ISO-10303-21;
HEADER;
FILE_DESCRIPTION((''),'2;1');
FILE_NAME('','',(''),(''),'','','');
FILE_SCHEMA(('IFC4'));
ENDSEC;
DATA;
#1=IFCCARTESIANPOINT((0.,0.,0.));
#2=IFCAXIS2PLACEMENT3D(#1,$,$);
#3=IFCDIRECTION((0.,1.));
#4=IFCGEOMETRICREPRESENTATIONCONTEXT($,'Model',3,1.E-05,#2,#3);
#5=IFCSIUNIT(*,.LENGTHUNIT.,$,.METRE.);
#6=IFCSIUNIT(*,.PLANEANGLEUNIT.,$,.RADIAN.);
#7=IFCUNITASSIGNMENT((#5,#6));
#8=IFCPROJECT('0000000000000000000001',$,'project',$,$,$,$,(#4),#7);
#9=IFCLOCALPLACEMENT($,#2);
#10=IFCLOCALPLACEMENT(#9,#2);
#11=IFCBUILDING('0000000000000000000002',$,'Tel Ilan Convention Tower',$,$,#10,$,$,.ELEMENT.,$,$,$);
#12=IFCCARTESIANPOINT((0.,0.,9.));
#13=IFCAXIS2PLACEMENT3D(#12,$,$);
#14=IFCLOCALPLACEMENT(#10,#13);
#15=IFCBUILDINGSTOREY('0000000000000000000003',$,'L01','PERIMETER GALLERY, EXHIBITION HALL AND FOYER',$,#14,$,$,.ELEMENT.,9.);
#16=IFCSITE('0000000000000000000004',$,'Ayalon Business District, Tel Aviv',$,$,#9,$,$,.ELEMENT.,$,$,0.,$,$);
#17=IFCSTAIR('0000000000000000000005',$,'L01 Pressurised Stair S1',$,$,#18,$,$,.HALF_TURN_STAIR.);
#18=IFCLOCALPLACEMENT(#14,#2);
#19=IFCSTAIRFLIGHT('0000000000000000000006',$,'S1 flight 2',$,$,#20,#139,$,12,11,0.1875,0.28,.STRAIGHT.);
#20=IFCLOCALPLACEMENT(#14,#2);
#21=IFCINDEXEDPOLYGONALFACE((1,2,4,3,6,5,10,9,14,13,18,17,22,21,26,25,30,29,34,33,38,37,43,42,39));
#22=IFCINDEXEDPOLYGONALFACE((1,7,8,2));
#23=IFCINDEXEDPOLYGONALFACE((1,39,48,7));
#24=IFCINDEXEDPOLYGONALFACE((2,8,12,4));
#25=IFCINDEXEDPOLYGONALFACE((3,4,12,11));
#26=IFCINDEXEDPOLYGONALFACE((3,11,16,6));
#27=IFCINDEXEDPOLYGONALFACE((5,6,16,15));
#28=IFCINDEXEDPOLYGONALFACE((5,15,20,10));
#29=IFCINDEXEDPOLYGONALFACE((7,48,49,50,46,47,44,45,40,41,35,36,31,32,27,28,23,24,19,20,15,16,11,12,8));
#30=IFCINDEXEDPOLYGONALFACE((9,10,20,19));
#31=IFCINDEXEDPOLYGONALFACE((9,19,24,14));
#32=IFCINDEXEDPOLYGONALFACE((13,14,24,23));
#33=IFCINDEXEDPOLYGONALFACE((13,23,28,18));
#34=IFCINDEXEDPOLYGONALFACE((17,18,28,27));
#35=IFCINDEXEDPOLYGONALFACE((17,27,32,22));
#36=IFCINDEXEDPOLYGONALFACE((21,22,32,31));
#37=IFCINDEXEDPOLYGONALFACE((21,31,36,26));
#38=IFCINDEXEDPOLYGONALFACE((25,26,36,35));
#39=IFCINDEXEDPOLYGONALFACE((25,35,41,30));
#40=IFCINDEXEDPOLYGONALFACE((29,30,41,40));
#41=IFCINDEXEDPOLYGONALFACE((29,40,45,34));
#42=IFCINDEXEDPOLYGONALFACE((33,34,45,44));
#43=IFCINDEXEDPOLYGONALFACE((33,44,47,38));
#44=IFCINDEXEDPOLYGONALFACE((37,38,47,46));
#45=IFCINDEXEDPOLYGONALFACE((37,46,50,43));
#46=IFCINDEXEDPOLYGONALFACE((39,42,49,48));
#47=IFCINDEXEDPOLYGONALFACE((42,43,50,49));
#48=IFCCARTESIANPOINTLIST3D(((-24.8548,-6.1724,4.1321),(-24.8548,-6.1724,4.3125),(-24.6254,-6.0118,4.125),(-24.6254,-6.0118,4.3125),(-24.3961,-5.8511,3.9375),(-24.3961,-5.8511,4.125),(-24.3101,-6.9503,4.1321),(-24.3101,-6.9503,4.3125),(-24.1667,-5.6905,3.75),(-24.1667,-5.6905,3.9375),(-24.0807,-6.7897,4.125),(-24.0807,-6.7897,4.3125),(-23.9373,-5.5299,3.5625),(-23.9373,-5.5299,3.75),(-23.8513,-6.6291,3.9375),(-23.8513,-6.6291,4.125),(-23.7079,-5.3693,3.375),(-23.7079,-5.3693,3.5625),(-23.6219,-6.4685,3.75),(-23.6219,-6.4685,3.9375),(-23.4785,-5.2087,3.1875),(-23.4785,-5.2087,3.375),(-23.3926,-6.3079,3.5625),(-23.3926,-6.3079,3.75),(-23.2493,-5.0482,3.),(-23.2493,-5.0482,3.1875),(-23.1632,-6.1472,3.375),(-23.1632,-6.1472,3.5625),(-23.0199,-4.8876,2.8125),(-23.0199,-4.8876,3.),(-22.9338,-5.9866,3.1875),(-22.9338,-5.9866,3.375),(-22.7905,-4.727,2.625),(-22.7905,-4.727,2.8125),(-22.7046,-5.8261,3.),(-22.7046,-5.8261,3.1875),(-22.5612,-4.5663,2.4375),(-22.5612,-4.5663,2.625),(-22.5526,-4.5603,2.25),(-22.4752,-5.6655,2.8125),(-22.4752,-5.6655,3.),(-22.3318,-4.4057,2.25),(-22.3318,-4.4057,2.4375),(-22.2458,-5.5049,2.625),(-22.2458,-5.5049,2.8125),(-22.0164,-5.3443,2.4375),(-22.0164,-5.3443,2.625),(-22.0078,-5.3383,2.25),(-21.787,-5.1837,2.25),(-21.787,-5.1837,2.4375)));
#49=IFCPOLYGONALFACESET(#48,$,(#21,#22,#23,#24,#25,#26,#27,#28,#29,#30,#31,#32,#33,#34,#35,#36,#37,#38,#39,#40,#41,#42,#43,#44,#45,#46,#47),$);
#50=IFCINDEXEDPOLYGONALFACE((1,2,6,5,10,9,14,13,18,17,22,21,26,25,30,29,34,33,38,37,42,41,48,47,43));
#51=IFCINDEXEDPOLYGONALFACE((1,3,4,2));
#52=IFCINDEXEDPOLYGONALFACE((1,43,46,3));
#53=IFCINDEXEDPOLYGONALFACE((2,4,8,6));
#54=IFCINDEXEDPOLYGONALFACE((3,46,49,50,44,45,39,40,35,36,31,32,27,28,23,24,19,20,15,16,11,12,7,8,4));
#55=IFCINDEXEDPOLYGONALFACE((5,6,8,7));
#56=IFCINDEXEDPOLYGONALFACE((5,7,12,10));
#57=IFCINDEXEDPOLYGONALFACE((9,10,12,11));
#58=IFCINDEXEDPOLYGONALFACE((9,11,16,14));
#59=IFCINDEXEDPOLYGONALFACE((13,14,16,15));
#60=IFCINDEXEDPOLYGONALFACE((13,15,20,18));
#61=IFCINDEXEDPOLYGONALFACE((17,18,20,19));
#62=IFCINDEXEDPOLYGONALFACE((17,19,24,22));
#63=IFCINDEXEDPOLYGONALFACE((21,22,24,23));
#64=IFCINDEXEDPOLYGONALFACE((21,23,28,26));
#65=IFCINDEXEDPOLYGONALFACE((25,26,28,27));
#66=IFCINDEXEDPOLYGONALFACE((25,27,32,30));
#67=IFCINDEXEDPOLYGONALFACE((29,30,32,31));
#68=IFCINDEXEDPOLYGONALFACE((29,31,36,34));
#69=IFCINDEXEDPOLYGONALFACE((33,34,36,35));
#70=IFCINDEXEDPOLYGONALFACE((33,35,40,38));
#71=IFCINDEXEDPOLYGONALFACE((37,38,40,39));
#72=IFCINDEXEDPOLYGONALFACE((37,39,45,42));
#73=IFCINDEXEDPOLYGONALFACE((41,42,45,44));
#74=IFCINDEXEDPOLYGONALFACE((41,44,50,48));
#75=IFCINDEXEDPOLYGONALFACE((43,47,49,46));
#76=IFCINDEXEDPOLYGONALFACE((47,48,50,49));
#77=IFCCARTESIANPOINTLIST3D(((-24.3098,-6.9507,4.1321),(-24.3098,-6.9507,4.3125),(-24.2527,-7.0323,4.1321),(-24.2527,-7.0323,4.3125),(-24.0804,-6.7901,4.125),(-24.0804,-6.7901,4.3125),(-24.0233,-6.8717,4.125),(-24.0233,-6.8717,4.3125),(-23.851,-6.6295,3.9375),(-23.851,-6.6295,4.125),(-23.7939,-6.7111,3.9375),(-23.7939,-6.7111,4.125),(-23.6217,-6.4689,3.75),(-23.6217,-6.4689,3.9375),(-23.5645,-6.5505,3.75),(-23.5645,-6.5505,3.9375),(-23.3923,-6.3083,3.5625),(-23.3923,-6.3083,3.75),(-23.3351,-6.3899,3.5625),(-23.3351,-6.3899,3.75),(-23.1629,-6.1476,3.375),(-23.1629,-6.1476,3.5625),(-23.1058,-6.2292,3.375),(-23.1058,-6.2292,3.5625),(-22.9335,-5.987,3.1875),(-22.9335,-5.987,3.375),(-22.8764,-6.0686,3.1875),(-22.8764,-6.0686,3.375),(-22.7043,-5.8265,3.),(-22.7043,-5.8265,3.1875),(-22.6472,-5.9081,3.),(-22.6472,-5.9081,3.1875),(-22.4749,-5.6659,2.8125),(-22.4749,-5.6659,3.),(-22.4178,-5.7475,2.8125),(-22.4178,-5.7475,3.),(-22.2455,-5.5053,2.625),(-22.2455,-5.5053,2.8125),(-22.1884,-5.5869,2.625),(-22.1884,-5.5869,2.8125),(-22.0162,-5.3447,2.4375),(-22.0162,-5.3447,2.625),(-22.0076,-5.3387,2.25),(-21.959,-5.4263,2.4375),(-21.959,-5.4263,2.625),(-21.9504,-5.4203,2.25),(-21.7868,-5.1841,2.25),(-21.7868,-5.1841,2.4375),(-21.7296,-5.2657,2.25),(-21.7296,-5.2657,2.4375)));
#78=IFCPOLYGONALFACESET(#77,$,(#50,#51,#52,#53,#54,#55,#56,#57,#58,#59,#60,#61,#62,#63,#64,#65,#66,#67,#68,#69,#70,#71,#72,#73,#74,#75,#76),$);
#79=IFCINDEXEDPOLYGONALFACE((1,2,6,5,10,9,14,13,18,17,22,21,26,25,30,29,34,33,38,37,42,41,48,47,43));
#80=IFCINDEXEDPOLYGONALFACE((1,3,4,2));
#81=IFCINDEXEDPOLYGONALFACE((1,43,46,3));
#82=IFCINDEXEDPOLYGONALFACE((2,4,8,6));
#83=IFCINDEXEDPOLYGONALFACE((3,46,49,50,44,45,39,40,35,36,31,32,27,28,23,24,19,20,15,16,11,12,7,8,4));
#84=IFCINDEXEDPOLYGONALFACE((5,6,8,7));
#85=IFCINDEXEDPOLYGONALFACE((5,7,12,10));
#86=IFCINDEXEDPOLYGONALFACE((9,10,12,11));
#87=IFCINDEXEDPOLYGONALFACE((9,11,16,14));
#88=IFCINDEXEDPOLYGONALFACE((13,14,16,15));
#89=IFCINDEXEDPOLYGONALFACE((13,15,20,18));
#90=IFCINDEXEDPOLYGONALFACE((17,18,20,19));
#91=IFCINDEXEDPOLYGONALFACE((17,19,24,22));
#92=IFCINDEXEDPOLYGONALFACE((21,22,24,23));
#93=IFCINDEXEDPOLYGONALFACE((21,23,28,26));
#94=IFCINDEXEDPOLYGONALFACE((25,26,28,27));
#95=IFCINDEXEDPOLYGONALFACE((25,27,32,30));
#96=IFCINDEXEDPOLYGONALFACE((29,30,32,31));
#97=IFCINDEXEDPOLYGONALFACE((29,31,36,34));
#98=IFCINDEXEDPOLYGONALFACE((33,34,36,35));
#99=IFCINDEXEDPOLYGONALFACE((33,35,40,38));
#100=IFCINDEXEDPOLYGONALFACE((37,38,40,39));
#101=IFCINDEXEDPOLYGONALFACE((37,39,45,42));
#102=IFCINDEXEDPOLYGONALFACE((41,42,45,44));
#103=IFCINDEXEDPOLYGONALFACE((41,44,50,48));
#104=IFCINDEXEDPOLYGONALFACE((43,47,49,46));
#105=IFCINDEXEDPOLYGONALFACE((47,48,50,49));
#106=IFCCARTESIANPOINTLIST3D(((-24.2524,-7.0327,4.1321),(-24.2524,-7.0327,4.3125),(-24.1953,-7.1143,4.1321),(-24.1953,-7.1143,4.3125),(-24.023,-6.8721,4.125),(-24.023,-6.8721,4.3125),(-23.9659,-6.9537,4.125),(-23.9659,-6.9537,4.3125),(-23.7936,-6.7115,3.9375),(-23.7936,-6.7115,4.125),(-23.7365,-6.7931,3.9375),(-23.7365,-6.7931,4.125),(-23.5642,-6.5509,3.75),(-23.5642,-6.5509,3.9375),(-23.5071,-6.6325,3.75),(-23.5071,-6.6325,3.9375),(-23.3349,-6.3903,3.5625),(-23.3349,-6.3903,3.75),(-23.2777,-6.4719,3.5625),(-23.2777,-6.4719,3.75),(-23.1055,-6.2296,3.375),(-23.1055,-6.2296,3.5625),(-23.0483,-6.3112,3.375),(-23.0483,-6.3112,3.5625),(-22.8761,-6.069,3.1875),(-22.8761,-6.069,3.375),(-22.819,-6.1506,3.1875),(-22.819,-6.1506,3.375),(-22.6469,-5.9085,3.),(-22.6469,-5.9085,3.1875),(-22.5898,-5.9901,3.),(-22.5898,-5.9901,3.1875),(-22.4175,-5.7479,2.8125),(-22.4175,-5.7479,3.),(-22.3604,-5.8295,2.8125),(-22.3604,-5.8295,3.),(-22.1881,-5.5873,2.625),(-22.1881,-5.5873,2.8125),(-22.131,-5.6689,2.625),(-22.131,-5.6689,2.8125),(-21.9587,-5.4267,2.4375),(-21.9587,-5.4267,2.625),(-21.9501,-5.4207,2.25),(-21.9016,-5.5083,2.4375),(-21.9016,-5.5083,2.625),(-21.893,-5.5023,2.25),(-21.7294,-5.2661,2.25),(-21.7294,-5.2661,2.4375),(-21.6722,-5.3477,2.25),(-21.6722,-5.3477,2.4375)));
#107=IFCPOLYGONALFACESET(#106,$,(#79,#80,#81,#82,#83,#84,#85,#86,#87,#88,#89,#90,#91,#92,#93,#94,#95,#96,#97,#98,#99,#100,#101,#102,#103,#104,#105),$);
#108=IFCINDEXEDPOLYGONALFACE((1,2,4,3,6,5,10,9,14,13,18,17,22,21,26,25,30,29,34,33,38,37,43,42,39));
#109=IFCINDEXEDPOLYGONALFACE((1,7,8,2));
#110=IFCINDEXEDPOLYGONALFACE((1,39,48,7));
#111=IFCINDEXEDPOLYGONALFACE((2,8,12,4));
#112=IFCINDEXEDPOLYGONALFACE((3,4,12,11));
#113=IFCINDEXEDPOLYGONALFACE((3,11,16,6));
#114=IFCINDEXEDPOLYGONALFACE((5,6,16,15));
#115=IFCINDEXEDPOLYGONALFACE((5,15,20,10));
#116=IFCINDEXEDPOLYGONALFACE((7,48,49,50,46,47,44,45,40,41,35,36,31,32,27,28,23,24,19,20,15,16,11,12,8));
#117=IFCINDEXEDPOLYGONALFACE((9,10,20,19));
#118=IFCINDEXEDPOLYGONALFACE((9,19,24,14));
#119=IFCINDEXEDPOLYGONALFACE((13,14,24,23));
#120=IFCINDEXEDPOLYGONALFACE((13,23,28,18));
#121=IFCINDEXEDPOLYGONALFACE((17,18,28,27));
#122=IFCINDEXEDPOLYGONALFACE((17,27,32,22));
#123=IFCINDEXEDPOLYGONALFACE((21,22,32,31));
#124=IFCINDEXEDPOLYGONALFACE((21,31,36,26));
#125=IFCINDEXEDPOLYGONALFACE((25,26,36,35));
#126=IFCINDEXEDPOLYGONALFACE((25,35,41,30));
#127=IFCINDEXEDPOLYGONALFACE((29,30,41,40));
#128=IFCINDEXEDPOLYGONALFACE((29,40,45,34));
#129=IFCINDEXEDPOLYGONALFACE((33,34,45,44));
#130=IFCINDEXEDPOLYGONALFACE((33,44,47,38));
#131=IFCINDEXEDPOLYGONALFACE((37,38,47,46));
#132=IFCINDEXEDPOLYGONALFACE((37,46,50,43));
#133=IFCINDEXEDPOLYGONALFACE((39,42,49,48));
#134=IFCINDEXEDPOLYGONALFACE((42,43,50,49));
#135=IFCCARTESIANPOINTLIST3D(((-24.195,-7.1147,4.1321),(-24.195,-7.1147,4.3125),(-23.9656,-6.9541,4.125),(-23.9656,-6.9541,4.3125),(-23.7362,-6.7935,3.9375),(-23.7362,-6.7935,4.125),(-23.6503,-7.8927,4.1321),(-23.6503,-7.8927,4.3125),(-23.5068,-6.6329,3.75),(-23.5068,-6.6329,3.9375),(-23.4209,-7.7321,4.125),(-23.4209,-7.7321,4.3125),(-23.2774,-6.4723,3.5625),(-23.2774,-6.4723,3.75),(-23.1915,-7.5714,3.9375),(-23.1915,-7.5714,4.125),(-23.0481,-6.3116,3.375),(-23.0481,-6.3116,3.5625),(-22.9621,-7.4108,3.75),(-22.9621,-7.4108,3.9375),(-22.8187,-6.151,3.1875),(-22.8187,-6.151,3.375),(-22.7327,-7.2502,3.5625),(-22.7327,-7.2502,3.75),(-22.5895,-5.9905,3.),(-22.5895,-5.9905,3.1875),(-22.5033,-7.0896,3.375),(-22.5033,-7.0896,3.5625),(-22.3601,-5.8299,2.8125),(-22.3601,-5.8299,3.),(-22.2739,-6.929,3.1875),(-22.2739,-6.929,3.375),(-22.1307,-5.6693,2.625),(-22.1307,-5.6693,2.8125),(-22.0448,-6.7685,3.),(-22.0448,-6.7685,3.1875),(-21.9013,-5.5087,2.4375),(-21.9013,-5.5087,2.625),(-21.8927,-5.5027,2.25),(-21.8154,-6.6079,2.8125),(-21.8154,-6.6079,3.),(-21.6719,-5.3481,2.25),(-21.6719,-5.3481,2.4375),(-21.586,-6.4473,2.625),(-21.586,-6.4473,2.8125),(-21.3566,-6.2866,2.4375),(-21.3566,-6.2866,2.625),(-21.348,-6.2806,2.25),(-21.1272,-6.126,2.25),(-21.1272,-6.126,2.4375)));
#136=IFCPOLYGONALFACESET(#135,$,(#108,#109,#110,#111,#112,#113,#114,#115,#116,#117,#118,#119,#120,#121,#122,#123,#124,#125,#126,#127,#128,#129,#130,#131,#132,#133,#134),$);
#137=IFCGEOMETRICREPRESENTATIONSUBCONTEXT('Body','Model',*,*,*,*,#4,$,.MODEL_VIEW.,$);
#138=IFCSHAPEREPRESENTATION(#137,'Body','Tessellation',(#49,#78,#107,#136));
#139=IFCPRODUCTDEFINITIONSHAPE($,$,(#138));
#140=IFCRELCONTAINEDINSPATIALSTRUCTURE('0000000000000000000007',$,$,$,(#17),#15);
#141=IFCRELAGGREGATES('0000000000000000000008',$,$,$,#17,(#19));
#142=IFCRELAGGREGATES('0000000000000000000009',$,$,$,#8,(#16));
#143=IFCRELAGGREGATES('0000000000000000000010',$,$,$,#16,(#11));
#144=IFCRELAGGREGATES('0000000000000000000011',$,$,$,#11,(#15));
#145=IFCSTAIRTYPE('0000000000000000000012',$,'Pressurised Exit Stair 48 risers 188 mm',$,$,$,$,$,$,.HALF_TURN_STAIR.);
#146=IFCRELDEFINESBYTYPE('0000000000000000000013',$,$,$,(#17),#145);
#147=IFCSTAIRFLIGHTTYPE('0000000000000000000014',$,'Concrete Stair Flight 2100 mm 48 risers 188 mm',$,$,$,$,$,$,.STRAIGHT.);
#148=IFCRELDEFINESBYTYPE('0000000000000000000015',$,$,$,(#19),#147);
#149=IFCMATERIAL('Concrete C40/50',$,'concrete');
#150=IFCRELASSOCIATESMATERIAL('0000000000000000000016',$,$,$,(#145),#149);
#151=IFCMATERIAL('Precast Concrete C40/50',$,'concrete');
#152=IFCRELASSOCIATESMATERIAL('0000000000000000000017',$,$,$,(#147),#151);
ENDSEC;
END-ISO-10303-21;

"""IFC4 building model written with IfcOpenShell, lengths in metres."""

from ifc_helpers import new_model, si_unit, direction, frame, origin, place, context, subcontext, project, spatial, polyline, outline, extrude, material, type_object, element, aggregate, save


model = new_model("IFC4")

# Units and contexts
model_context = context("Model", 3, precision=1e-05, world=origin(), true_north=direction((0.0, 1.0)))
body_context = subcontext(model_context, "Body", "Model", "MODEL_VIEW")
ifc_project = project(units=[si_unit("LENGTHUNIT", "METRE"), si_unit("PLANEANGLEUNIT", "RADIAN")], contexts=[model_context])

# Site, building, storey
site_placement = place(None, origin())
site = spatial("IfcSite", under=ifc_project, at=site_placement, Name="Ayalon Business District, Tel Aviv", CompositionType="ELEMENT", RefElevation=0.0)
building_placement = place(site_placement, origin())
building = spatial("IfcBuilding", under=site, at=building_placement, Name="Tel Ilan Convention Tower", CompositionType="ELEMENT")
storey_placement = place(building_placement, frame((0.0, 0.0, 9.0)))
storey = spatial("IfcBuildingStorey", under=building, at=storey_placement, Name="L01", Description="PERIMETER GALLERY, EXHIBITION HALL AND FOYER", CompositionType="ELEMENT", Elevation=9.0)

# Stair, stair flight
ifc_material_1 = material(Name="Concrete C40/50", Category="concrete")
stair_type = type_object("IfcStairType", Name="Pressurised Exit Stair 48 risers 188 mm", PredefinedType="HALF_TURN_STAIR", material=ifc_material_1)
stair_1_placement = place(storey_placement, origin())
stair_1 = element("IfcStair", 1, at=stair_1_placement, inside=storey, type_object=stair_type, Name="L01 Pressurised Stair S1", PredefinedType="HALF_TURN_STAIR")
ifc_material_2 = material(Name="Precast Concrete C40/50", Category="concrete")
stair_flight_type = type_object("IfcStairFlightType", Name="Concrete Stair Flight 2100 mm 48 risers 188 mm", PredefinedType="STRAIGHT", material=ifc_material_2)
stair_flight_1_placement = place(storey_placement, frame((-21.7295, -5.2659, 2.25), z_axis=(0.0, 0.0, 1.0), x_axis=(-0.819152, -0.573576, 0.0)))
stair_flight_1 = element("IfcStairFlight", 2, at=stair_flight_1_placement, type_object=stair_flight_type, Name="S1 flight 2", NumberOfRisers=12, NumberOfTreads=11, PredefinedType="STRAIGHT", RiserHeight=0.1875, TreadLength=0.28, context=body_context, shape_type="SweptSolid", body=[
    extrude(outline(polyline([(0.0, 0.0), (0.0, 0.1875), (0.28, 0.1875), (0.28, 0.375), (0.5601, 0.375), (0.5601, 0.5625), (0.8401, 0.5625), (0.8401, 0.75), (1.1201, 0.75), (1.1201, 0.9375), (1.3999, 0.9375), (1.3999, 1.125), (1.6799, 1.125), (1.6799, 1.3125), (1.96, 1.3125), (1.96, 1.5), (2.24, 1.5), (2.24, 1.6875), (2.52, 1.6875), (2.52, 1.875), (2.8, 1.875), (2.8, 2.0625), (3.0801, 2.0625), (3.0801, 2.25), (3.0801, 1.8821), (0.2695, 0.0), (0.0, 0.0)])), frame((0.0, -0.1003, 0.0), z_axis=(0.0, -1.0, 0.0), x_axis=(1.0, 0.0, 0.0)), (0.0, 0.0, 1.0), 0.9497),
    extrude(outline(polyline([(0.0, 0.0), (0.0, 0.1875), (0.28, 0.1875), (0.28, 0.375), (0.5601, 0.375), (0.5601, 0.5625), (0.8401, 0.5625), (0.8401, 0.75), (1.1201, 0.75), (1.1201, 0.9375), (1.3999, 0.9375), (1.3999, 1.125), (1.6799, 1.125), (1.6799, 1.3125), (1.96, 1.3125), (1.96, 1.5), (2.24, 1.5), (2.24, 1.6875), (2.52, 1.6875), (2.52, 1.875), (2.8, 1.875), (2.8, 2.0625), (3.0801, 2.0625), (3.0801, 2.25), (3.0801, 1.8821), (0.2695, 0.0), (0.0, 0.0)])), frame((0.0, -0.0002, 0.0), z_axis=(0.0, -1.0, 0.0), x_axis=(1.0, 0.0, 0.0)), (0.0, 0.0, 1.0), 0.0996),
    extrude(outline(polyline([(0.0, 0.0), (0.0, 0.1875), (0.28, 0.1875), (0.28, 0.375), (0.5601, 0.375), (0.5601, 0.5625), (0.8401, 0.5625), (0.8401, 0.75), (1.1201, 0.75), (1.1201, 0.9375), (1.3999, 0.9375), (1.3999, 1.125), (1.6799, 1.125), (1.6799, 1.3125), (1.96, 1.3125), (1.96, 1.5), (2.24, 1.5), (2.24, 1.6875), (2.52, 1.6875), (2.52, 1.875), (2.8, 1.875), (2.8, 2.0625), (3.0801, 2.0625), (3.0801, 2.25), (3.0801, 1.8821), (0.2695, 0.0), (0.0, 0.0)])), frame((0.0, 0.0999, 0.0), z_axis=(0.0, -1.0, 0.0), x_axis=(1.0, 0.0, 0.0)), (0.0, 0.0, 1.0), 0.0996),
    extrude(outline(polyline([(0.0, 0.0), (0.0, 0.1875), (0.28, 0.1875), (0.28, 0.375), (0.5601, 0.375), (0.5601, 0.5625), (0.8401, 0.5625), (0.8401, 0.75), (1.1201, 0.75), (1.1201, 0.9375), (1.3999, 0.9375), (1.3999, 1.125), (1.6799, 1.125), (1.6799, 1.3125), (1.96, 1.3125), (1.96, 1.5), (2.24, 1.5), (2.24, 1.6875), (2.52, 1.6875), (2.52, 1.875), (2.8, 1.875), (2.8, 2.0625), (3.0801, 2.0625), (3.0801, 2.25), (3.0801, 1.8821), (0.2695, 0.0), (0.0, 0.0)])), frame((0.0, 1.05, 0.0), z_axis=(0.0, -1.0, 0.0), x_axis=(1.0, 0.0, 0.0)), (0.0, 0.0, 1.0), 0.9497),
])
aggregate(stair_1, [stair_flight_1])

save(model, "model.ifc")
